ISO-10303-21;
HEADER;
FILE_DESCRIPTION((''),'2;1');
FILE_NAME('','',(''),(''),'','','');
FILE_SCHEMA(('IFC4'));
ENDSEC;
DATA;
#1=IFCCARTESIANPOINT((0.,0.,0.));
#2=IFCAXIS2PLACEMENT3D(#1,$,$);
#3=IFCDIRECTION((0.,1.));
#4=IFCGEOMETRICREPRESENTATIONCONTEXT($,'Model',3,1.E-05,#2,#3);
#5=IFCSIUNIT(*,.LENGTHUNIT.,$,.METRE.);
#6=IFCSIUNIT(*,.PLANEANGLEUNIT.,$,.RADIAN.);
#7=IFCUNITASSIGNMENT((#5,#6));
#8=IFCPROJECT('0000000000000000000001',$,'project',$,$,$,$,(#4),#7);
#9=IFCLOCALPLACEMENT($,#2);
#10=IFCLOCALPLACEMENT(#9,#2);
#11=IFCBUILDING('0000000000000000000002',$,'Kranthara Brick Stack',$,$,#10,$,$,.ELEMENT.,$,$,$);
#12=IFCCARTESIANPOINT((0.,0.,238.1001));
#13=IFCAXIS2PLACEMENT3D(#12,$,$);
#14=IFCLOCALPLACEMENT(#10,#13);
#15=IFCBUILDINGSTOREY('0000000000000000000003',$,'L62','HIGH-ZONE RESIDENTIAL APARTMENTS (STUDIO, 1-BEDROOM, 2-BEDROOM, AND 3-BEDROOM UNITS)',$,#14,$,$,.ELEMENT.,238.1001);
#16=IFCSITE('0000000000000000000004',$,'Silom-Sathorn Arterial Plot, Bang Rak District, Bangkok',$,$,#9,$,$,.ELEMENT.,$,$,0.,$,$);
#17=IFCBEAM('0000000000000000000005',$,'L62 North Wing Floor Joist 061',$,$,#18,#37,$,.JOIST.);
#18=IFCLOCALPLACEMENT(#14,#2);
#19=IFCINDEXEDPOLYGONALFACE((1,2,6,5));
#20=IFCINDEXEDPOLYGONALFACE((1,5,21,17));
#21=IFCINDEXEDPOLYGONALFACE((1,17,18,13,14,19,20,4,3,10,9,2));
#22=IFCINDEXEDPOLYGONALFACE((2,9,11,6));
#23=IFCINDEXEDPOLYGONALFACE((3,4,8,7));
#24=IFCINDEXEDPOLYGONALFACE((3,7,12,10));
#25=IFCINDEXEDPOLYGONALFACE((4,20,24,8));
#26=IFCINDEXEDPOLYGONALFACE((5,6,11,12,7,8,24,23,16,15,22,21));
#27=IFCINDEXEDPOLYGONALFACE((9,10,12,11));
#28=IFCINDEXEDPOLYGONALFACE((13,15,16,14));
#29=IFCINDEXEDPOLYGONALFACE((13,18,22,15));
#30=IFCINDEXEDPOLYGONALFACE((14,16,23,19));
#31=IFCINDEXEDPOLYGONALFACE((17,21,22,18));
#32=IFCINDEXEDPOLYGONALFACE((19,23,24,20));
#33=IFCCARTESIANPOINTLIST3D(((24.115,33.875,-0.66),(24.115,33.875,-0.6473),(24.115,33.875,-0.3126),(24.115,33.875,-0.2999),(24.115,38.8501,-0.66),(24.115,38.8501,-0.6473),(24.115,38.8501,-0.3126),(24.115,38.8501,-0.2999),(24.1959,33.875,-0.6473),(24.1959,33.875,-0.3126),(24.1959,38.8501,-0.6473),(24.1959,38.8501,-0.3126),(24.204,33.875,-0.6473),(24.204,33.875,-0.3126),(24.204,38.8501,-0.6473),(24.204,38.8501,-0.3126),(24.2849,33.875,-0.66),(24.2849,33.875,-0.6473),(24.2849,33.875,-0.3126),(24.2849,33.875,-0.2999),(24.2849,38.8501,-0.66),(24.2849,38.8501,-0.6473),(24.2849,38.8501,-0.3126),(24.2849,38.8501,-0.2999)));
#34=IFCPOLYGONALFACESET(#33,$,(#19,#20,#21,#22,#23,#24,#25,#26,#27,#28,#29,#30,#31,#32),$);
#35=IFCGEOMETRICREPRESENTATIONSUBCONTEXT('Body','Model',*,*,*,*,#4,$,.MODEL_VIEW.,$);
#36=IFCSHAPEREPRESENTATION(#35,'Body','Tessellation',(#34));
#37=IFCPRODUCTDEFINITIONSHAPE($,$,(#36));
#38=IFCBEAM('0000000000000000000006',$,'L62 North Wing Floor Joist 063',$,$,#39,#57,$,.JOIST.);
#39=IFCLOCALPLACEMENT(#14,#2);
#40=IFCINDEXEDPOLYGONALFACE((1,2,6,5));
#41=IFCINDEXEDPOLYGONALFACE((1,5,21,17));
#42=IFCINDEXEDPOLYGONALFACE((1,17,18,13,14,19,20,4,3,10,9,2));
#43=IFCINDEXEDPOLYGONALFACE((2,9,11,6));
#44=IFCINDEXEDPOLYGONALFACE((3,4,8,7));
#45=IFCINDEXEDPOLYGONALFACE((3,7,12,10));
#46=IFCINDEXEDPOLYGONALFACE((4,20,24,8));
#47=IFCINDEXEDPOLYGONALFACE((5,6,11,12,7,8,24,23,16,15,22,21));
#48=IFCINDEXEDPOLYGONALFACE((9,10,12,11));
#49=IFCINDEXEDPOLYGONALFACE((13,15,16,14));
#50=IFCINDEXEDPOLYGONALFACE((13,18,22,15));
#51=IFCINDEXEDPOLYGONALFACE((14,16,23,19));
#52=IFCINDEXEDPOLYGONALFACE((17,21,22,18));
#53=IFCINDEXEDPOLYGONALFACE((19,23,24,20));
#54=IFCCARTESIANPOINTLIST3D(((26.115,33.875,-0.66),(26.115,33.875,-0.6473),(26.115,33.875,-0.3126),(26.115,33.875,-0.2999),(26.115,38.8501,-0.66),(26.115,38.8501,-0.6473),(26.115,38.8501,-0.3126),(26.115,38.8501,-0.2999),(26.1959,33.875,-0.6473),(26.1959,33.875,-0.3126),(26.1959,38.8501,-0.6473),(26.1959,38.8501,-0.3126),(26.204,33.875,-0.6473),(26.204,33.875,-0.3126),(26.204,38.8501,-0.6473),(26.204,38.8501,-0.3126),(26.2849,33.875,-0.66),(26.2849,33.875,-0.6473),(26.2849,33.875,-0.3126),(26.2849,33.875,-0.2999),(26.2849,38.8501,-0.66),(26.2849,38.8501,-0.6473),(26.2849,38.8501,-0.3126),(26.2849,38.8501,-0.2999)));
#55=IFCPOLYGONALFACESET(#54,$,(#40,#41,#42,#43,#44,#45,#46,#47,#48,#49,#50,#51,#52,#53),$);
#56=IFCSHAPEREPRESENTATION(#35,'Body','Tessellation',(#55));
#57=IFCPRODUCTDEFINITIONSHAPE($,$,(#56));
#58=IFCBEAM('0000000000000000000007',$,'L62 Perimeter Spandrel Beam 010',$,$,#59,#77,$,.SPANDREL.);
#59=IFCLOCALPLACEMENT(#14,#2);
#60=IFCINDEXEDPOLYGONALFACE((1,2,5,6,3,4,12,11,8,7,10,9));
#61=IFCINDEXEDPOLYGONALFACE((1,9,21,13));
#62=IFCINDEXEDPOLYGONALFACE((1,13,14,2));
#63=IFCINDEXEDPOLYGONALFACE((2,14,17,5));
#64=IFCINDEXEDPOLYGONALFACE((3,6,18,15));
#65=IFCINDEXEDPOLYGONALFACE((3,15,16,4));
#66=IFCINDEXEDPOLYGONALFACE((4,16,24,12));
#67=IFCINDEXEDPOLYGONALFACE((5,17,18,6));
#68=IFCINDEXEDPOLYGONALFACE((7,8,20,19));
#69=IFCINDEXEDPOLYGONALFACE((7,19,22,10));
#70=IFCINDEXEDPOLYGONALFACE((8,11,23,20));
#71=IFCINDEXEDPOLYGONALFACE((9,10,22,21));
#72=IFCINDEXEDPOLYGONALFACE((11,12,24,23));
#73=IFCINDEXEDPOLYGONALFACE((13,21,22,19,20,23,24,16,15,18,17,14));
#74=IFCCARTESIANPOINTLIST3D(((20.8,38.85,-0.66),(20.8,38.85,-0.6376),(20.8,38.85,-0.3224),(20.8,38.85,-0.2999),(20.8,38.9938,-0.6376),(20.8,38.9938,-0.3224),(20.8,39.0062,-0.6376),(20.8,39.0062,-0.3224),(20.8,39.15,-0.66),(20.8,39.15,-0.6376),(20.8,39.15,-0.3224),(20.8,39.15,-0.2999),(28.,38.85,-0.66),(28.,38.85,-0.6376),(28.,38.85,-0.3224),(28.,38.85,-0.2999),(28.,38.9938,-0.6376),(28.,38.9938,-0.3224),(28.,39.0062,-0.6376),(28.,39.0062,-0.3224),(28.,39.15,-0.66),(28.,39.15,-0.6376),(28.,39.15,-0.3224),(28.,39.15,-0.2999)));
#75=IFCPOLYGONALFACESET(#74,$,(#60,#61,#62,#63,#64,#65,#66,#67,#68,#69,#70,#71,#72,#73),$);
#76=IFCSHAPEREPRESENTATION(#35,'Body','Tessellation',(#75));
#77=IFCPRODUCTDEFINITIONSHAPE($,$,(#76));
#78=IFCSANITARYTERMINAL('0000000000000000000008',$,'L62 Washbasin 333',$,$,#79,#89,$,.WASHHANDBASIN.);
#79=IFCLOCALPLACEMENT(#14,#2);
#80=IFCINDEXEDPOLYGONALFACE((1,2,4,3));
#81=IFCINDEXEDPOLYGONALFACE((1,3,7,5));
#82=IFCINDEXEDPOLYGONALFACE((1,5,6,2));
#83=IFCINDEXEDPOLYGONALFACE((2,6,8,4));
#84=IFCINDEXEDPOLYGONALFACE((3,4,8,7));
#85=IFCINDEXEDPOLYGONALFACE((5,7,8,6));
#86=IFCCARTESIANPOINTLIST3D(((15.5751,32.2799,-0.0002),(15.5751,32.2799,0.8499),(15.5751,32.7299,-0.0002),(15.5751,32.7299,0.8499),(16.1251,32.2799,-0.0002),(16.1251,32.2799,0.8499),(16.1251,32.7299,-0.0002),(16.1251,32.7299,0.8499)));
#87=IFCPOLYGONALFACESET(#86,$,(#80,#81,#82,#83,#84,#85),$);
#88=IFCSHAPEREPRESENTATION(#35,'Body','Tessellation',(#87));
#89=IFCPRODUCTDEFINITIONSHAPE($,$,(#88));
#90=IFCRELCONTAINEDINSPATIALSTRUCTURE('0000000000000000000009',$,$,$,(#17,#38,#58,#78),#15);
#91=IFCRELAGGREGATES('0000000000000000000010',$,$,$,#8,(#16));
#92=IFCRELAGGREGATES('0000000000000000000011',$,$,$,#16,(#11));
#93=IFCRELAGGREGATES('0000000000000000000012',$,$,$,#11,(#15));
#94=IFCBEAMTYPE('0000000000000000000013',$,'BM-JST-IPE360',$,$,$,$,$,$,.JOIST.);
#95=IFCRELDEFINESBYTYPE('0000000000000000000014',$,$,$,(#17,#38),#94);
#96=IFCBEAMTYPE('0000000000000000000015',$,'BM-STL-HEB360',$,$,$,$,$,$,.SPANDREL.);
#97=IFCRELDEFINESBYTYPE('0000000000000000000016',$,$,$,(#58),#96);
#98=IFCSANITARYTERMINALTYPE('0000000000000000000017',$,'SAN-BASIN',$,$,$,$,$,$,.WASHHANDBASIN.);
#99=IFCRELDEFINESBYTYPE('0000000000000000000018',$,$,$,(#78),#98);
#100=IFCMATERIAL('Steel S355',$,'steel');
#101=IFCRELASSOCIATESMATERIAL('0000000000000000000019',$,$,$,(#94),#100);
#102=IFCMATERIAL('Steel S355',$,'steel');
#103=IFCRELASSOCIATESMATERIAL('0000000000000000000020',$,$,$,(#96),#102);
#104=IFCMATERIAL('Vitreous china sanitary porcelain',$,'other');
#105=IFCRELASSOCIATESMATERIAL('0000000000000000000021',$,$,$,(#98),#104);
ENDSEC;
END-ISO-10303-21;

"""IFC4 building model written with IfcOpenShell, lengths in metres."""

from ifc_helpers import new_model, si_unit, direction, frame, origin, origin_2d, place, context, subcontext, project, spatial, rectangle, i_section, extrude, material, material_profile, profile_set, type_object, element, save


model = new_model("IFC4")

# Units and contexts
model_context = context("Model", 3, precision=1e-05, world=origin(), true_north=direction((0.0, 1.0)))
body_context = subcontext(model_context, "Body", "Model", "MODEL_VIEW")
ifc_project = project(units=[si_unit("LENGTHUNIT", "METRE"), si_unit("PLANEANGLEUNIT", "RADIAN")], contexts=[model_context])

# Site, building, storey
site_placement = place(None, origin())
site = spatial("IfcSite", under=ifc_project, at=site_placement, Name="Silom-Sathorn Arterial Plot, Bang Rak District, Bangkok", CompositionType="ELEMENT", RefElevation=0.0)
building_placement = place(site_placement, origin())
building = spatial("IfcBuilding", under=site, at=building_placement, Name="Kranthara Brick Stack", CompositionType="ELEMENT")
storey_placement = place(building_placement, frame((0.0, 0.0, 238.1001)))
storey = spatial("IfcBuildingStorey", under=building, at=storey_placement, Name="L62", Description="HIGH-ZONE RESIDENTIAL APARTMENTS (STUDIO, 1-BEDROOM, 2-BEDROOM, AND 3-BEDROOM UNITS)", CompositionType="ELEMENT", Elevation=238.1001)

# Beams
ifc_material_1 = material(Name="Steel S355", Category="steel")
ifc_material_profile_1 = material_profile(ifc_material_1, i_section(OverallWidth=0.1699, OverallDepth=0.3601, WebThickness=0.0081, FlangeThickness=0.0127, at=origin_2d()), Name="IPE 360")
ifc_profile_set_1 = profile_set([ifc_material_profile_1], Name="Steel S355")
beam_type_1 = type_object("IfcBeamType", Name="BM-JST-IPE360", PredefinedType="JOIST", material=ifc_profile_set_1)
for number, where, z_axis, x_axis, name in (
    (1, (24.2, 33.875, -0.48), (0.0, 1.0, 0.0), (-1.0, 0.0, 0.0), "L62 North Wing Floor Joist 061"),
    (2, (26.2, 33.875, -0.48), (0.0, 1.0, 0.0), (-1.0, 0.0, 0.0), "L62 North Wing Floor Joist 063"),
):
    element("IfcBeam", number, at=place(storey_placement, frame(where, z_axis=z_axis, x_axis=x_axis)), inside=storey, type_object=beam_type_1, Name=name, PredefinedType="JOIST", context=body_context, shape_type="SweptSolid", body=[
        extrude(i_section(OverallWidth=0.1699, OverallDepth=0.3601, WebThickness=0.0081, FlangeThickness=0.0127, at=origin_2d()), origin(), (0.0, 0.0, 1.0), 4.9751),
    ])
ifc_material_2 = material(Name="Steel S355", Category="steel")
ifc_material_profile_2 = material_profile(ifc_material_2, i_section(OverallWidth=0.3, OverallDepth=0.3601, WebThickness=0.0125, FlangeThickness=0.0225, at=origin_2d()), Name="HEB 360")
ifc_profile_set_2 = profile_set([ifc_material_profile_2], Name="Steel S355")
beam_type_2 = type_object("IfcBeamType", Name="BM-STL-HEB360", PredefinedType="SPANDREL", material=ifc_profile_set_2)
beam_1_placement = place(storey_placement, frame((20.8, 39.0, -0.48), z_axis=(1.0, 0.0, 0.0), x_axis=(0.0, 1.0, 0.0)))
element("IfcBeam", 3, at=beam_1_placement, inside=storey, type_object=beam_type_2, Name="L62 Perimeter Spandrel Beam 010", PredefinedType="SPANDREL", context=body_context, shape_type="SweptSolid", body=[
    extrude(i_section(OverallWidth=0.3, OverallDepth=0.3601, WebThickness=0.0125, FlangeThickness=0.0225, at=origin_2d()), origin(), (0.0, 0.0, 1.0), 7.2),
])

# Sanitary terminal
ifc_material_3 = material(Name="Vitreous china sanitary porcelain", Category="other")
sanitary_terminal_type = type_object("IfcSanitaryTerminalType", Name="SAN-BASIN", PredefinedType="WASHHANDBASIN", material=ifc_material_3)
sanitary_terminal_placement = place(storey_placement, frame((15.8501, 32.5049, -0.0002), z_axis=(0.0, 0.0, 1.0), x_axis=(1.0, 0.0, 0.0)))
element("IfcSanitaryTerminal", 4, at=sanitary_terminal_placement, inside=storey, type_object=sanitary_terminal_type, Name="L62 Washbasin 333", PredefinedType="WASHHANDBASIN", context=body_context, shape_type="SweptSolid", body=[
    extrude(rectangle(XDim=0.55, YDim=0.45, at=origin_2d()), origin(), (0.0, 0.0, 1.0), 0.8501),
])

save(model, "model.ifc")
